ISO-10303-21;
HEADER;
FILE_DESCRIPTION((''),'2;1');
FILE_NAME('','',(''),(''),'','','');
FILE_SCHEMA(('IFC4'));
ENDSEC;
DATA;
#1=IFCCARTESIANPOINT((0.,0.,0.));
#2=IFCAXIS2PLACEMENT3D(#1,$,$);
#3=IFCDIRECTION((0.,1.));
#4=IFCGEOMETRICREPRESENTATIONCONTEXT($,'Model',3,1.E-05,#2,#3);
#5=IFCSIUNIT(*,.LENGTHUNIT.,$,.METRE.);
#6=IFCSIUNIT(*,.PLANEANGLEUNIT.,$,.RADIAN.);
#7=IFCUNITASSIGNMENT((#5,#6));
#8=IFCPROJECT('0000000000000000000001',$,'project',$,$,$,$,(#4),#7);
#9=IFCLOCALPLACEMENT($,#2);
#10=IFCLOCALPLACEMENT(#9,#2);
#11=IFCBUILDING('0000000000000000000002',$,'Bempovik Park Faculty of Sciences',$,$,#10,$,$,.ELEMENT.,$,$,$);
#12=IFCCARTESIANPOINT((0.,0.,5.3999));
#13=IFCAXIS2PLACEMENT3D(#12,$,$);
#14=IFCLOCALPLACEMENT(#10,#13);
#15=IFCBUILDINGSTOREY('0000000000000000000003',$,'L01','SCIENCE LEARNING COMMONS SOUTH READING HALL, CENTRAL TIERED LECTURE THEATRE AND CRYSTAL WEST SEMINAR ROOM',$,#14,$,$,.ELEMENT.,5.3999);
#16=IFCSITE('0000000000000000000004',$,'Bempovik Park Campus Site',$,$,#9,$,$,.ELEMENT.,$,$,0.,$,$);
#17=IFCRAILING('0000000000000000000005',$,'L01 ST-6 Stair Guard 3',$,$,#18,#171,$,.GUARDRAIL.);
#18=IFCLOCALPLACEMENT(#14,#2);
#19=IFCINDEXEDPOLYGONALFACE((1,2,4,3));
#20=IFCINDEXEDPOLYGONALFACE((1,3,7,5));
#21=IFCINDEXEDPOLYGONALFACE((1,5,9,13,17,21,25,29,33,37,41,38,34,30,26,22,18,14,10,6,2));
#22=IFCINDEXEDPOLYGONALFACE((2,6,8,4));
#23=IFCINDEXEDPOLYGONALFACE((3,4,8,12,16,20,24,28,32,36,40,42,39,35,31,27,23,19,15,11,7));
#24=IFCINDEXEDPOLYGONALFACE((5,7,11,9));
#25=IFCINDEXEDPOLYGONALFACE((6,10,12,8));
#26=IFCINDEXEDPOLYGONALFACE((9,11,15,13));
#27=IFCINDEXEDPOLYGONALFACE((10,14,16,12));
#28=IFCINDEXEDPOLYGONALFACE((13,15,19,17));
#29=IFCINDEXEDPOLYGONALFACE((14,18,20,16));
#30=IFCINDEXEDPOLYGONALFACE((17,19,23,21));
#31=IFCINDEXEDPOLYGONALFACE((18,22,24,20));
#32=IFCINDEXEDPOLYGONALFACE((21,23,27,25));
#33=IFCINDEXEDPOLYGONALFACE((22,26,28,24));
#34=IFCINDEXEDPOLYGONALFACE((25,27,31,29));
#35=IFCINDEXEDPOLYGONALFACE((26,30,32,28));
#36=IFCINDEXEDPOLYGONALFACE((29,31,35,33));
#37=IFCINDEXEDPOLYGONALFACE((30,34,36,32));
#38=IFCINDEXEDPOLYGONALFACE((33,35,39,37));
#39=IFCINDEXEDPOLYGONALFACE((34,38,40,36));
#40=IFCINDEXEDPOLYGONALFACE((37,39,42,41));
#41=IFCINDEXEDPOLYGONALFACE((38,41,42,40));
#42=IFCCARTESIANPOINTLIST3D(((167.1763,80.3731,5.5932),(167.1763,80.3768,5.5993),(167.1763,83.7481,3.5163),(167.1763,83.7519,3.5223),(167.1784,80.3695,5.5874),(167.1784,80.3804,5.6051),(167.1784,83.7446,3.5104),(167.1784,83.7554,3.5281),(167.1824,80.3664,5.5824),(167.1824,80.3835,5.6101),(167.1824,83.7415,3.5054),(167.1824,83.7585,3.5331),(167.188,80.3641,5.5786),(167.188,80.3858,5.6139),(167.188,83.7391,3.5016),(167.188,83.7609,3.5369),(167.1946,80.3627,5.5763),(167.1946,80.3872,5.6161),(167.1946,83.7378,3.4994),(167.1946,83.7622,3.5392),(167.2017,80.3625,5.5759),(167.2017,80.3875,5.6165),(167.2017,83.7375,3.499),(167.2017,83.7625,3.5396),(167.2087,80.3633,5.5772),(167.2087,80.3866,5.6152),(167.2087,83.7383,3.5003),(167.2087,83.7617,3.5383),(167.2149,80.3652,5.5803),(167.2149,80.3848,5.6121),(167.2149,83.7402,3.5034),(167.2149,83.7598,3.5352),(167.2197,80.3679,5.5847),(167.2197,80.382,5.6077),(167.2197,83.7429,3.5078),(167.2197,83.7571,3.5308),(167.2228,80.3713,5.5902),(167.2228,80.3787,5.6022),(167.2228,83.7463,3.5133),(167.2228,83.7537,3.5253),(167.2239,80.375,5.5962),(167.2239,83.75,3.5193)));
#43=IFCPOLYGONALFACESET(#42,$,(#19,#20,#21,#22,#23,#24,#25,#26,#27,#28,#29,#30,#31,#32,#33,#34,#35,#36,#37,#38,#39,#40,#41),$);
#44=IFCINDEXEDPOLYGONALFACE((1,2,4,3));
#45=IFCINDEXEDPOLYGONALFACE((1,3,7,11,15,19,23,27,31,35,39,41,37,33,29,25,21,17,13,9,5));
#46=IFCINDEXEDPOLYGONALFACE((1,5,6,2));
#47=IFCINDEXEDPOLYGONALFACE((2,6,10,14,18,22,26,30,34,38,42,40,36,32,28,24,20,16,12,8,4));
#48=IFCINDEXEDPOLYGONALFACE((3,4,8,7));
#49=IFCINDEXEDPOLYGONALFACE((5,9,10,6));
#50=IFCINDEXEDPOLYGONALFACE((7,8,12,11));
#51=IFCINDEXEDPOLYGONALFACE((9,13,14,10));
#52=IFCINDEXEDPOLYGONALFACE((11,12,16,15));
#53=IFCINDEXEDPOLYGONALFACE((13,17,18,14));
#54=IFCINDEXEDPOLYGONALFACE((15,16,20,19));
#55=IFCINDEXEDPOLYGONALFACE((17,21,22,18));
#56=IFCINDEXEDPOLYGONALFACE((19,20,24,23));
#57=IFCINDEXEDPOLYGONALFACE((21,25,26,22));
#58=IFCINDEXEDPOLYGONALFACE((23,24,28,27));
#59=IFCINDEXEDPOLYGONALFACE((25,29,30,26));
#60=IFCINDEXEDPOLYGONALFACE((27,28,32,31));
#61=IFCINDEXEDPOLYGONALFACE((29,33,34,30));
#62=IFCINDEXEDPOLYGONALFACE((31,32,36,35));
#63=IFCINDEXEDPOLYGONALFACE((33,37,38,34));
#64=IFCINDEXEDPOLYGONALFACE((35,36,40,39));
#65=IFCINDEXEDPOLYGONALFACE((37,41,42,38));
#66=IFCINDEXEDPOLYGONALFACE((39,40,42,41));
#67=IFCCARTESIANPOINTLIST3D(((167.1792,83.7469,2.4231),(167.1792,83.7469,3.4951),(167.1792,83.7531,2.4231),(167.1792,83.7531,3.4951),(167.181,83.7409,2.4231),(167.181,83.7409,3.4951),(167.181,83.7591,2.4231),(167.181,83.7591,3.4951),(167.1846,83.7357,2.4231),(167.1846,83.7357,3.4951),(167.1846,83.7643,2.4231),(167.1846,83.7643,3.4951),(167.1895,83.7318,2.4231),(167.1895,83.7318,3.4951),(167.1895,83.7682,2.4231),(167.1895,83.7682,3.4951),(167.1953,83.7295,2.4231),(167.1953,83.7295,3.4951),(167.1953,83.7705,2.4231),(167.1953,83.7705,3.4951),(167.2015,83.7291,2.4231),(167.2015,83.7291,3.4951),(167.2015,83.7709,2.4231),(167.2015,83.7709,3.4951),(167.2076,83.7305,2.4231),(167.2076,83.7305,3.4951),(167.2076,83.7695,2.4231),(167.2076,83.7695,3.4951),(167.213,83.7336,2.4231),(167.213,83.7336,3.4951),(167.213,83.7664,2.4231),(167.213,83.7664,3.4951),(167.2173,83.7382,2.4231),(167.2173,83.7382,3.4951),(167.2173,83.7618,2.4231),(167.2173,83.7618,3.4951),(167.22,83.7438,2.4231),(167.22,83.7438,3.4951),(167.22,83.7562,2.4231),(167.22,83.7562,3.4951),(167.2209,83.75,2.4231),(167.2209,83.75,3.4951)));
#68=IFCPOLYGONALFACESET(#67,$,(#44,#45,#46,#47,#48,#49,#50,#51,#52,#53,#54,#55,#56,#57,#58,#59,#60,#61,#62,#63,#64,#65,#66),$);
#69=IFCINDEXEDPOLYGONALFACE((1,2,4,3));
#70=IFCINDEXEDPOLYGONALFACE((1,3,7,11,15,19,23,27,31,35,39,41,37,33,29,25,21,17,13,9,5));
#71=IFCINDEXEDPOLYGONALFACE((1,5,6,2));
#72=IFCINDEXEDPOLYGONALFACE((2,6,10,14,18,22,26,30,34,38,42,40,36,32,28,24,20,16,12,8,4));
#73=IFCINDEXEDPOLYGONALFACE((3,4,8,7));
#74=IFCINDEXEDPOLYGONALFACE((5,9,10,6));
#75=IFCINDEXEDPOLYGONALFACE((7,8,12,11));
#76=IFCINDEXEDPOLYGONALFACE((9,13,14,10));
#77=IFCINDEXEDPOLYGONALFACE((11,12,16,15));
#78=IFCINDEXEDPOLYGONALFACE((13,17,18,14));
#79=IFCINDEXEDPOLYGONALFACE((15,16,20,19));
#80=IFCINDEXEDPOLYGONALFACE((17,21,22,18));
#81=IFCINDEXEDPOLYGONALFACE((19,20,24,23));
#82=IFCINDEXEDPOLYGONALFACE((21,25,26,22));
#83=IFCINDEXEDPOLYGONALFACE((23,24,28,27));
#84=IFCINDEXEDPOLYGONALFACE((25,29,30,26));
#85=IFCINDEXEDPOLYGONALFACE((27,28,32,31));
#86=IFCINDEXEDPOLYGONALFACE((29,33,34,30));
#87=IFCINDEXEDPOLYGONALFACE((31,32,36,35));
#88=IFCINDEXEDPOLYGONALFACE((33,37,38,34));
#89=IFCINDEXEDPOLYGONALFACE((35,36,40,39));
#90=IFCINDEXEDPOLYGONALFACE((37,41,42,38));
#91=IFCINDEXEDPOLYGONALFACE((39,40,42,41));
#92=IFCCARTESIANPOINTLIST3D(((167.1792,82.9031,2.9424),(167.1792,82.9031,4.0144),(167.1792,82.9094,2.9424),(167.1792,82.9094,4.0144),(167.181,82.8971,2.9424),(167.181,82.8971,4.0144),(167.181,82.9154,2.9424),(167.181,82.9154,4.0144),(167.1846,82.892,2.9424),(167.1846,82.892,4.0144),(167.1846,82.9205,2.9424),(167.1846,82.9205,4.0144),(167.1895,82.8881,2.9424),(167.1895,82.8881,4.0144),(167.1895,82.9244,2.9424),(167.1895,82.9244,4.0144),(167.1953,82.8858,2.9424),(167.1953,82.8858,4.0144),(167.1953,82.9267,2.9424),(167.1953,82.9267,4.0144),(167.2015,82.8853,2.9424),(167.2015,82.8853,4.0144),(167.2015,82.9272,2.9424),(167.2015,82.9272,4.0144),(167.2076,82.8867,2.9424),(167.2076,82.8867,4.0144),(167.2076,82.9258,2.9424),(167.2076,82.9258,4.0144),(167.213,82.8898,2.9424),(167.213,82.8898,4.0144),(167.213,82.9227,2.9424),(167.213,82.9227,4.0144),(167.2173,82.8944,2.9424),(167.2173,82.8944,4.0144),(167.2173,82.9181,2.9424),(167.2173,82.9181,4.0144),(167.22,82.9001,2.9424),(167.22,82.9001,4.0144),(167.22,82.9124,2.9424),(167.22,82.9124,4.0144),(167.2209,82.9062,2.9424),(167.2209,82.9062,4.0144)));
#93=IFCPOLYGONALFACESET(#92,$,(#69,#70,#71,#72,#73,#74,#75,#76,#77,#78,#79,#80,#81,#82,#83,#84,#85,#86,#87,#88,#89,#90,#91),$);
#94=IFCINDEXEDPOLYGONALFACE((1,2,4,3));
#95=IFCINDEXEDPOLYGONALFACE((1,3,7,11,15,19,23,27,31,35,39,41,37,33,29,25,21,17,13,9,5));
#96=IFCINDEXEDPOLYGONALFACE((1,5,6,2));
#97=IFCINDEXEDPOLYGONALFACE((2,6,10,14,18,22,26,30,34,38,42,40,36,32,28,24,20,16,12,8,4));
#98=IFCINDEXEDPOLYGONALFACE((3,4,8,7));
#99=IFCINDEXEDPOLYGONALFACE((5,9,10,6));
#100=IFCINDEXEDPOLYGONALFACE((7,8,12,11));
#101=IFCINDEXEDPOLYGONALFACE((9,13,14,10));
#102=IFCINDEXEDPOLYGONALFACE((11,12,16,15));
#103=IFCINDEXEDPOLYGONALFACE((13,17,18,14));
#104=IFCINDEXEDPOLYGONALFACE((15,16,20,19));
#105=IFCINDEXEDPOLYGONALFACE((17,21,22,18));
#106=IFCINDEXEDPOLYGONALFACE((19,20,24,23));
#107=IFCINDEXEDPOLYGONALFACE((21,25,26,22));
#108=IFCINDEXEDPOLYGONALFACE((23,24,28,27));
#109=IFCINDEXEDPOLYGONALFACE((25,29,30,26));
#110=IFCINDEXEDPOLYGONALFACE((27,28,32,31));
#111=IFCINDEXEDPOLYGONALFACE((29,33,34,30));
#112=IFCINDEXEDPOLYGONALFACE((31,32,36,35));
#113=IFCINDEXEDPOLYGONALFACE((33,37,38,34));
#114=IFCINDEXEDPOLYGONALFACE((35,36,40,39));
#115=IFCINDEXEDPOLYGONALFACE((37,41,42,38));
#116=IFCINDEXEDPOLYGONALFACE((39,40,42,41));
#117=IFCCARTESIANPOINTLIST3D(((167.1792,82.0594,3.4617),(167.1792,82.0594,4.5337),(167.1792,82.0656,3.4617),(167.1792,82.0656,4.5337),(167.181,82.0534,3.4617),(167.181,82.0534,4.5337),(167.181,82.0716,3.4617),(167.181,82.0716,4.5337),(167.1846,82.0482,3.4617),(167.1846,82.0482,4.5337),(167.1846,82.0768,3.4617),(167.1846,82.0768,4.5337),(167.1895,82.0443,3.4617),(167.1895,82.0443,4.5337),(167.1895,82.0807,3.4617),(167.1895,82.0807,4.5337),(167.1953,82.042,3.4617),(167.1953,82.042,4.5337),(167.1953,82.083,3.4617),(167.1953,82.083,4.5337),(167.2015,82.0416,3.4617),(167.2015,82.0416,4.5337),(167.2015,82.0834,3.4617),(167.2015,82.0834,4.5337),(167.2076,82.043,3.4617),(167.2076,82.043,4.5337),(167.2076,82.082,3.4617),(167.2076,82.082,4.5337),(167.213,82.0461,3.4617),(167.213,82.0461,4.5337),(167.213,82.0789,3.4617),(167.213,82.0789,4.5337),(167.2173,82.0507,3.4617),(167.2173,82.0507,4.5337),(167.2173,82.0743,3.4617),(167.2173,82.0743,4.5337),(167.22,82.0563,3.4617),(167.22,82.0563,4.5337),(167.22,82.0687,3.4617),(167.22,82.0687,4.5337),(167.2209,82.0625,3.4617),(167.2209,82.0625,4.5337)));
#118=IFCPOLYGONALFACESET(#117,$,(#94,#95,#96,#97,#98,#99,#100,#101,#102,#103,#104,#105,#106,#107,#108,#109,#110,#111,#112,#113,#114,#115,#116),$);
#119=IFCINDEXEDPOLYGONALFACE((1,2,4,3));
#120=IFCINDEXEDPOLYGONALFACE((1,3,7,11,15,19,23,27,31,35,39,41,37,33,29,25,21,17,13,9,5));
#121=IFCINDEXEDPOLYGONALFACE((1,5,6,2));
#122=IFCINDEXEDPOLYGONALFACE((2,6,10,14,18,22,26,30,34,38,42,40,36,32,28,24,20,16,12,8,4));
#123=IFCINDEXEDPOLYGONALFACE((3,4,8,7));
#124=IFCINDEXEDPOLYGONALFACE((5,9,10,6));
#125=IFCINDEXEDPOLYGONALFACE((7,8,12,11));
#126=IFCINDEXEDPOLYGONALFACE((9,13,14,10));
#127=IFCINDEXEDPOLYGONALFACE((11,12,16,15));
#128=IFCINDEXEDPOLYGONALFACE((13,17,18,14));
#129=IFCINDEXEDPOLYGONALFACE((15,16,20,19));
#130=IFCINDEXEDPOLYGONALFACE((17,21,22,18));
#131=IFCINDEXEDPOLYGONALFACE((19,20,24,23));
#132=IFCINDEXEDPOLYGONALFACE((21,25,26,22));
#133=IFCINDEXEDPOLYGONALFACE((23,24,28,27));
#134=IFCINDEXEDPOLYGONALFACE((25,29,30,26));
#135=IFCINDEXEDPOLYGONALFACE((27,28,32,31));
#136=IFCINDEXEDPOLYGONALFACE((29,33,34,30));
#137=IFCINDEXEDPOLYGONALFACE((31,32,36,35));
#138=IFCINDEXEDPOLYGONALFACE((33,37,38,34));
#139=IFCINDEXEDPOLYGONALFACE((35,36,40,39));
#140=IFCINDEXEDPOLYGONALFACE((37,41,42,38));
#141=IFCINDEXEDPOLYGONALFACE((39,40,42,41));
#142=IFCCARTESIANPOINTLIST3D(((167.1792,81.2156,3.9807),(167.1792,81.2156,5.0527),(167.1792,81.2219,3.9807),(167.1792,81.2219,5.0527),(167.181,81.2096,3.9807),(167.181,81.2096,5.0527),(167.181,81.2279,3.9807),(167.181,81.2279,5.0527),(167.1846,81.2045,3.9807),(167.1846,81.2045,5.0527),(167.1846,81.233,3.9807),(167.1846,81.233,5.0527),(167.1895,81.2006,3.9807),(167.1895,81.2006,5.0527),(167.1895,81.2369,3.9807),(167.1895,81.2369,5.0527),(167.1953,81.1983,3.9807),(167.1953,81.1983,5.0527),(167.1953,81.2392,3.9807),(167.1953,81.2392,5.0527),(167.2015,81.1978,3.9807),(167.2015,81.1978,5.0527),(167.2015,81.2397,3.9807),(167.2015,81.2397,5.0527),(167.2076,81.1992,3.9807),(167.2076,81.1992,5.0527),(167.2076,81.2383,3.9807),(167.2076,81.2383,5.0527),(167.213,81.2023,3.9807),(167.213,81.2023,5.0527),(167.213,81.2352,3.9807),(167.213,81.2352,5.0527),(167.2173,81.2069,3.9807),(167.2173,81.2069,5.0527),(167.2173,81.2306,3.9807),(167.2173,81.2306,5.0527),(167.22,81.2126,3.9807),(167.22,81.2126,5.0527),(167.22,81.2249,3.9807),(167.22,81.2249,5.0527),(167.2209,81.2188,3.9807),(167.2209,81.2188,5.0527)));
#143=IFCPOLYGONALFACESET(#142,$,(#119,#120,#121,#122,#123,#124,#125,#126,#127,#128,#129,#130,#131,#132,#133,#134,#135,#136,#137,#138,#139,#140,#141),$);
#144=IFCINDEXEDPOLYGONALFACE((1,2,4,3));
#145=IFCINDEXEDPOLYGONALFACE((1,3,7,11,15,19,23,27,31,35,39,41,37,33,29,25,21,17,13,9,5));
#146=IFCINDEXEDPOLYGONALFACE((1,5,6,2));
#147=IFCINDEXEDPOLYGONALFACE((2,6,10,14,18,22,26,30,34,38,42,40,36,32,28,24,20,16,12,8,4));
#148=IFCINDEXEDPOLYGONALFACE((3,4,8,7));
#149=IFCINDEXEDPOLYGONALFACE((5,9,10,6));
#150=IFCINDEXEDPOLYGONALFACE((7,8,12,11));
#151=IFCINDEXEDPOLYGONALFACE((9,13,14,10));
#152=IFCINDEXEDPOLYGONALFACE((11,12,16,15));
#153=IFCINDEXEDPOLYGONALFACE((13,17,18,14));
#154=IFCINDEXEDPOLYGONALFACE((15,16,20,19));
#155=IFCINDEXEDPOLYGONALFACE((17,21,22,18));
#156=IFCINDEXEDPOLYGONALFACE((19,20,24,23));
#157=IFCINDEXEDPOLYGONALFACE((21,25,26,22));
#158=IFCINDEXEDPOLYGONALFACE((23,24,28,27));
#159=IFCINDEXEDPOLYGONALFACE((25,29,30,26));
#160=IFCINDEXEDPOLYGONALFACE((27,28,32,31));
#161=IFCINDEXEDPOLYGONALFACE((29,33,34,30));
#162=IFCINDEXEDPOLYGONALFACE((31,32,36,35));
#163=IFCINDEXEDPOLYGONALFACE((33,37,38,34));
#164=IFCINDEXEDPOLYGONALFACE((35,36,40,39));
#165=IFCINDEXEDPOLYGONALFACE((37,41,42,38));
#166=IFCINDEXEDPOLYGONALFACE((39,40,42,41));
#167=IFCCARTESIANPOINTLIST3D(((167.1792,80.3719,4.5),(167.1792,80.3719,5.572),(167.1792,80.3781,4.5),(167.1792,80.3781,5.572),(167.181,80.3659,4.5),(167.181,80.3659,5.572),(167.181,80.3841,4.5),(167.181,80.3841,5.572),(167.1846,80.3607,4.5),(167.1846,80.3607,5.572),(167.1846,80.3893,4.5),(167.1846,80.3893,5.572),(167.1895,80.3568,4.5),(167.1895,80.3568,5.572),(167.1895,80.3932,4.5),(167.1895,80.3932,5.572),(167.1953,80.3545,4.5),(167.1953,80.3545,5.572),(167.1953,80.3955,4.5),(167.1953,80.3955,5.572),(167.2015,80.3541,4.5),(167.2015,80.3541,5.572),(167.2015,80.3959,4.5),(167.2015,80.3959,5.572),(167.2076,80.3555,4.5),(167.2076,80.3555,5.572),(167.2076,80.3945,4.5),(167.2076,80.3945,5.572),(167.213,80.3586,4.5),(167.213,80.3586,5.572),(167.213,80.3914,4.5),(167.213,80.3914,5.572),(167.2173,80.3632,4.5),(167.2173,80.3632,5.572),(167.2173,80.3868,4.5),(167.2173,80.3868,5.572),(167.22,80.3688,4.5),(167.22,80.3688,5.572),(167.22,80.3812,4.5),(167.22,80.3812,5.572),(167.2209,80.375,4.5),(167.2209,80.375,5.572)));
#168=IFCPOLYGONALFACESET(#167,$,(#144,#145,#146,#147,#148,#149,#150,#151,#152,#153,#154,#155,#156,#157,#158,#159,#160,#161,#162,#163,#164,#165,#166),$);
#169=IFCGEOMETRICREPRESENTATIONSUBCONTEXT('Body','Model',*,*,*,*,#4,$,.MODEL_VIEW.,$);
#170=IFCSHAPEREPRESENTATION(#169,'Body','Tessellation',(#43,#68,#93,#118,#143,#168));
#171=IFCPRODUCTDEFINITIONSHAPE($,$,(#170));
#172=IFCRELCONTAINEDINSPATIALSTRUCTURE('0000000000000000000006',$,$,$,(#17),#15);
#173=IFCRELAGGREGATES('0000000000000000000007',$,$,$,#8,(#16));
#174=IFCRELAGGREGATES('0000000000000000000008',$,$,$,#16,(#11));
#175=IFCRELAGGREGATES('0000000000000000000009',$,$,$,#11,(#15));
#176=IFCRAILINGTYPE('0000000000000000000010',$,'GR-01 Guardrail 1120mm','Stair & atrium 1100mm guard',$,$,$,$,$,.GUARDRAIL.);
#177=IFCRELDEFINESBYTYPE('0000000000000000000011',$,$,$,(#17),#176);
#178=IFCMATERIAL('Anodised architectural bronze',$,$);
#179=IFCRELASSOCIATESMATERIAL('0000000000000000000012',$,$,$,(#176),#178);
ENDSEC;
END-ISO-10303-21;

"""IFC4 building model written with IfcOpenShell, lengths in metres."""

from ifc_helpers import new_model, si_unit, direction, frame, origin, origin_2d, place, context, subcontext, project, spatial, circle, extrude, material, type_object, element, save


model = new_model("IFC4")

# Units and contexts
model_context = context("Model", 3, precision=1e-05, world=origin(), true_north=direction((0.0, 1.0)))
body_context = subcontext(model_context, "Body", "Model", "MODEL_VIEW")
ifc_project = project(units=[si_unit("LENGTHUNIT", "METRE"), si_unit("PLANEANGLEUNIT", "RADIAN")], contexts=[model_context])

# Site, building, storey
site_placement = place(None, origin())
site = spatial("IfcSite", under=ifc_project, at=site_placement, Name="Bempovik Park Campus Site", CompositionType="ELEMENT", RefElevation=0.0)
building_placement = place(site_placement, origin())
building = spatial("IfcBuilding", under=site, at=building_placement, Name="Bempovik Park Faculty of Sciences", CompositionType="ELEMENT")
storey_placement = place(building_placement, frame((0.0, 0.0, 5.3999)))
storey = spatial("IfcBuildingStorey", under=building, at=storey_placement, Name="L01", Description="SCIENCE LEARNING COMMONS SOUTH READING HALL, CENTRAL TIERED LECTURE THEATRE AND CRYSTAL WEST SEMINAR ROOM", CompositionType="ELEMENT", Elevation=5.3999)

# Railing
ifc_material_1 = material(Name="Anodised architectural bronze")
railing_type_1 = type_object("IfcRailingType", Name="GR-01 Guardrail 1120mm", Description="Stair & atrium 1100mm guard", PredefinedType="GUARDRAIL", material=ifc_material_1)
railing_1_placement = place(storey_placement, frame((167.2, 83.75, 2.4231)))
element("IfcRailing", 1, at=railing_1_placement, inside=storey, type_object=railing_type_1, Name="L01 ST-6 Stair Guard 3", PredefinedType="GUARDRAIL", context=body_context, shape_type="SweptSolid", body=[
    extrude(circle(Radius=0.0239, at=origin_2d()), frame((0.0, 0.0, 1.0962), z_axis=(0.0, -0.85166, 0.524094), x_axis=(1.0, 0.0, 0.0)), (0.0, 0.0, 1.0), 3.9629),
    extrude(circle(Radius=0.021, at=origin_2d()), origin(), (0.0, 0.0, 1.0), 1.072),
    extrude(circle(Radius=0.021, at=origin_2d()), frame((0.0, -0.8438, 0.5193)), (0.0, 0.0, 1.0), 1.072),
    extrude(circle(Radius=0.021, at=origin_2d()), frame((0.0, -1.6875, 1.0386)), (0.0, 0.0, 1.0), 1.072),
    extrude(circle(Radius=0.021, at=origin_2d()), frame((0.0, -2.5312, 1.5576)), (0.0, 0.0, 1.0), 1.072),
    extrude(circle(Radius=0.021, at=origin_2d()), frame((0.0, -3.375, 2.0769)), (0.0, 0.0, 1.0), 1.072),
])

save(model, "model.ifc")
